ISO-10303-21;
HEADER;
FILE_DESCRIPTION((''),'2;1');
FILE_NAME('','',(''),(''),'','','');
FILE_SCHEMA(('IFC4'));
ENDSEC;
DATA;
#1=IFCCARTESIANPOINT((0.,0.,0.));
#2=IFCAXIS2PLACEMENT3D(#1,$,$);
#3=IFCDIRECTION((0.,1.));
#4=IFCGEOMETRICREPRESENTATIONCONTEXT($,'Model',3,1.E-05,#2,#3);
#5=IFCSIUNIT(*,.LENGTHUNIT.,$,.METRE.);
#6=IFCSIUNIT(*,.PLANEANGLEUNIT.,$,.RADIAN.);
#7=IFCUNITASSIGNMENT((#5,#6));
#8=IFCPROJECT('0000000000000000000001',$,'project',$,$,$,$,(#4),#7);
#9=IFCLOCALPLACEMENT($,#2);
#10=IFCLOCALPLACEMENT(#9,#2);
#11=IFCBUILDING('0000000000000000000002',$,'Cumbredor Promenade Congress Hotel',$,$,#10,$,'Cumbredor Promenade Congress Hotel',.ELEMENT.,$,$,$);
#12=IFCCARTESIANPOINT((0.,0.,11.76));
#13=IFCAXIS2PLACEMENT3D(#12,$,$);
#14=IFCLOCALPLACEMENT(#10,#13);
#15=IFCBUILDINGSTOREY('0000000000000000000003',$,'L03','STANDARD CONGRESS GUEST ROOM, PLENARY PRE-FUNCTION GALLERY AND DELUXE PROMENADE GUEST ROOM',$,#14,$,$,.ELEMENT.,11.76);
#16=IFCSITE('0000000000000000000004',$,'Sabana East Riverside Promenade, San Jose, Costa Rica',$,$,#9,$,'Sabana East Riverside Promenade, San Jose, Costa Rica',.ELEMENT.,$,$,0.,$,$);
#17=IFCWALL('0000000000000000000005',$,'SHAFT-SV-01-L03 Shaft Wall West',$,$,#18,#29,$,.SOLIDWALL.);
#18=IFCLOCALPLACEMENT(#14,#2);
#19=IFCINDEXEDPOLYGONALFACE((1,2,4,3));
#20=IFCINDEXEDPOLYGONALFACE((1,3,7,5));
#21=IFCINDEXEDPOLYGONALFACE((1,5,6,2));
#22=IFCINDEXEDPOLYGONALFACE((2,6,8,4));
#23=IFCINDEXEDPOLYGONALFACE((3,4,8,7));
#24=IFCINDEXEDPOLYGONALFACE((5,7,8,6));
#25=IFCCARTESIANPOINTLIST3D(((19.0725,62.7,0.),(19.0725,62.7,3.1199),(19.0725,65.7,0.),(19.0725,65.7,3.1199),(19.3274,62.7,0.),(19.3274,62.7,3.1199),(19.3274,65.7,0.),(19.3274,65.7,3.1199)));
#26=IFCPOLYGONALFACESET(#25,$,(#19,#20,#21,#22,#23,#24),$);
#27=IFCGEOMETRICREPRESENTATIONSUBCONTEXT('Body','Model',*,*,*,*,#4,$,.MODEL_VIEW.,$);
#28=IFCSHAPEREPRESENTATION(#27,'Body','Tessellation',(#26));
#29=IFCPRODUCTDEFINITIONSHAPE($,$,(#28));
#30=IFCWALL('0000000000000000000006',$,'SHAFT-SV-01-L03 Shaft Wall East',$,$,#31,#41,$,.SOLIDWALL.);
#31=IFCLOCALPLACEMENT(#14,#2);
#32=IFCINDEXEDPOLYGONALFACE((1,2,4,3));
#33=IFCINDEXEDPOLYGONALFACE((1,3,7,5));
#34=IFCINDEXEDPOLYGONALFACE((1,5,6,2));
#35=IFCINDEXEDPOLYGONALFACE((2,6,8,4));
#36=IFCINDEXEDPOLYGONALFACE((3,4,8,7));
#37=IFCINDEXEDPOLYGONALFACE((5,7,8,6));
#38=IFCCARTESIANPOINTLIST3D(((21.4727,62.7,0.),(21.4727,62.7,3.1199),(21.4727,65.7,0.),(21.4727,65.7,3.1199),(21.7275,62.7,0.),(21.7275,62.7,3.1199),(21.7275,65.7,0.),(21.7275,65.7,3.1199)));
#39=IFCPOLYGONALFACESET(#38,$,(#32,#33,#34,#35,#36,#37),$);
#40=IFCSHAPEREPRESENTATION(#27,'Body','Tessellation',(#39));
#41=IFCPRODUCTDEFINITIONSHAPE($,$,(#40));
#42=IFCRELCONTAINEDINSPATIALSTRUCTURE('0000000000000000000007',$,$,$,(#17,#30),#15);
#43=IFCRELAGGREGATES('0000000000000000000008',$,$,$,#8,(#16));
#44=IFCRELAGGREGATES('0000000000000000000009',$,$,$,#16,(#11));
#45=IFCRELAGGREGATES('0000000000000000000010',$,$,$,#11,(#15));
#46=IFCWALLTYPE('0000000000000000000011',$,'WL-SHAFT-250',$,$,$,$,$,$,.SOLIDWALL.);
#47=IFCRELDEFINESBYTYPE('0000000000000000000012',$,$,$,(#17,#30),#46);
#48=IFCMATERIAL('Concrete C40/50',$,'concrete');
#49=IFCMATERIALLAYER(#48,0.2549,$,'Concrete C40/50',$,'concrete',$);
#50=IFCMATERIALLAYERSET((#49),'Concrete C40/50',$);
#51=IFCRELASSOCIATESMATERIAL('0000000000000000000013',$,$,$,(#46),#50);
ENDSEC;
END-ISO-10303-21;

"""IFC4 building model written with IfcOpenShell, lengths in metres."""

from ifc_helpers import new_model, si_unit, direction, frame, frame_2d, origin, place, context, subcontext, project, spatial, rectangle, extrude, material, layer, layer_set, type_object, element, save


model = new_model("IFC4")

# Units and contexts
model_context = context("Model", 3, precision=1e-05, world=origin(), true_north=direction((0.0, 1.0)))
body_context = subcontext(model_context, "Body", "Model", "MODEL_VIEW")
ifc_project = project(units=[si_unit("LENGTHUNIT", "METRE"), si_unit("PLANEANGLEUNIT", "RADIAN")], contexts=[model_context])

# Site, building, storey
site_placement = place(None, origin())
site = spatial("IfcSite", under=ifc_project, at=site_placement, Name="Sabana East Riverside Promenade, San Jose, Costa Rica", LongName="Sabana East Riverside Promenade, San Jose, Costa Rica", CompositionType="ELEMENT", RefElevation=0.0)
building_placement = place(site_placement, origin())
building = spatial("IfcBuilding", under=site, at=building_placement, Name="Cumbredor Promenade Congress Hotel", LongName="Cumbredor Promenade Congress Hotel", CompositionType="ELEMENT")
storey_placement = place(building_placement, frame((0.0, 0.0, 11.76)))
storey = spatial("IfcBuildingStorey", under=building, at=storey_placement, Name="L03", Description="STANDARD CONGRESS GUEST ROOM, PLENARY PRE-FUNCTION GALLERY AND DELUXE PROMENADE GUEST ROOM", CompositionType="ELEMENT", Elevation=11.76)

# Shared definitions
ifc_material_1 = material(Name="Concrete C40/50", Category="concrete")

# Shared definitions
ifc_layer_1 = layer(ifc_material_1, 0.2549, Name="Concrete C40/50", Category="concrete")
ifc_layer_set_1 = layer_set([ifc_layer_1], Name="Concrete C40/50")
wall_type_1 = type_object("IfcWallType", Name="WL-SHAFT-250", PredefinedType="SOLIDWALL", material=ifc_layer_set_1)

# Walls
for number, where, z_axis, x_axis, name in (
    (1, (19.2, 62.7, 0.0), (0.0, 0.0, 1.0), (0.0, 1.0, 0.0), "SHAFT-SV-01-L03 Shaft Wall West"),
    (2, (21.6001, 62.7, 0.0), (0.0, 0.0, 1.0), (0.0, 1.0, 0.0), "SHAFT-SV-01-L03 Shaft Wall East"),
):
    element("IfcWall", number, at=place(storey_placement, frame(where, z_axis=z_axis, x_axis=x_axis)), inside=storey, type_object=wall_type_1, Name=name, PredefinedType="SOLIDWALL", context=body_context, shape_type="SweptSolid", body=[
        extrude(rectangle(XDim=3.0, YDim=0.2549, at=frame_2d((1.5, 0.0))), origin(), (0.0, 0.0, 1.0), 3.1199),
    ])

save(model, "model.ifc")
